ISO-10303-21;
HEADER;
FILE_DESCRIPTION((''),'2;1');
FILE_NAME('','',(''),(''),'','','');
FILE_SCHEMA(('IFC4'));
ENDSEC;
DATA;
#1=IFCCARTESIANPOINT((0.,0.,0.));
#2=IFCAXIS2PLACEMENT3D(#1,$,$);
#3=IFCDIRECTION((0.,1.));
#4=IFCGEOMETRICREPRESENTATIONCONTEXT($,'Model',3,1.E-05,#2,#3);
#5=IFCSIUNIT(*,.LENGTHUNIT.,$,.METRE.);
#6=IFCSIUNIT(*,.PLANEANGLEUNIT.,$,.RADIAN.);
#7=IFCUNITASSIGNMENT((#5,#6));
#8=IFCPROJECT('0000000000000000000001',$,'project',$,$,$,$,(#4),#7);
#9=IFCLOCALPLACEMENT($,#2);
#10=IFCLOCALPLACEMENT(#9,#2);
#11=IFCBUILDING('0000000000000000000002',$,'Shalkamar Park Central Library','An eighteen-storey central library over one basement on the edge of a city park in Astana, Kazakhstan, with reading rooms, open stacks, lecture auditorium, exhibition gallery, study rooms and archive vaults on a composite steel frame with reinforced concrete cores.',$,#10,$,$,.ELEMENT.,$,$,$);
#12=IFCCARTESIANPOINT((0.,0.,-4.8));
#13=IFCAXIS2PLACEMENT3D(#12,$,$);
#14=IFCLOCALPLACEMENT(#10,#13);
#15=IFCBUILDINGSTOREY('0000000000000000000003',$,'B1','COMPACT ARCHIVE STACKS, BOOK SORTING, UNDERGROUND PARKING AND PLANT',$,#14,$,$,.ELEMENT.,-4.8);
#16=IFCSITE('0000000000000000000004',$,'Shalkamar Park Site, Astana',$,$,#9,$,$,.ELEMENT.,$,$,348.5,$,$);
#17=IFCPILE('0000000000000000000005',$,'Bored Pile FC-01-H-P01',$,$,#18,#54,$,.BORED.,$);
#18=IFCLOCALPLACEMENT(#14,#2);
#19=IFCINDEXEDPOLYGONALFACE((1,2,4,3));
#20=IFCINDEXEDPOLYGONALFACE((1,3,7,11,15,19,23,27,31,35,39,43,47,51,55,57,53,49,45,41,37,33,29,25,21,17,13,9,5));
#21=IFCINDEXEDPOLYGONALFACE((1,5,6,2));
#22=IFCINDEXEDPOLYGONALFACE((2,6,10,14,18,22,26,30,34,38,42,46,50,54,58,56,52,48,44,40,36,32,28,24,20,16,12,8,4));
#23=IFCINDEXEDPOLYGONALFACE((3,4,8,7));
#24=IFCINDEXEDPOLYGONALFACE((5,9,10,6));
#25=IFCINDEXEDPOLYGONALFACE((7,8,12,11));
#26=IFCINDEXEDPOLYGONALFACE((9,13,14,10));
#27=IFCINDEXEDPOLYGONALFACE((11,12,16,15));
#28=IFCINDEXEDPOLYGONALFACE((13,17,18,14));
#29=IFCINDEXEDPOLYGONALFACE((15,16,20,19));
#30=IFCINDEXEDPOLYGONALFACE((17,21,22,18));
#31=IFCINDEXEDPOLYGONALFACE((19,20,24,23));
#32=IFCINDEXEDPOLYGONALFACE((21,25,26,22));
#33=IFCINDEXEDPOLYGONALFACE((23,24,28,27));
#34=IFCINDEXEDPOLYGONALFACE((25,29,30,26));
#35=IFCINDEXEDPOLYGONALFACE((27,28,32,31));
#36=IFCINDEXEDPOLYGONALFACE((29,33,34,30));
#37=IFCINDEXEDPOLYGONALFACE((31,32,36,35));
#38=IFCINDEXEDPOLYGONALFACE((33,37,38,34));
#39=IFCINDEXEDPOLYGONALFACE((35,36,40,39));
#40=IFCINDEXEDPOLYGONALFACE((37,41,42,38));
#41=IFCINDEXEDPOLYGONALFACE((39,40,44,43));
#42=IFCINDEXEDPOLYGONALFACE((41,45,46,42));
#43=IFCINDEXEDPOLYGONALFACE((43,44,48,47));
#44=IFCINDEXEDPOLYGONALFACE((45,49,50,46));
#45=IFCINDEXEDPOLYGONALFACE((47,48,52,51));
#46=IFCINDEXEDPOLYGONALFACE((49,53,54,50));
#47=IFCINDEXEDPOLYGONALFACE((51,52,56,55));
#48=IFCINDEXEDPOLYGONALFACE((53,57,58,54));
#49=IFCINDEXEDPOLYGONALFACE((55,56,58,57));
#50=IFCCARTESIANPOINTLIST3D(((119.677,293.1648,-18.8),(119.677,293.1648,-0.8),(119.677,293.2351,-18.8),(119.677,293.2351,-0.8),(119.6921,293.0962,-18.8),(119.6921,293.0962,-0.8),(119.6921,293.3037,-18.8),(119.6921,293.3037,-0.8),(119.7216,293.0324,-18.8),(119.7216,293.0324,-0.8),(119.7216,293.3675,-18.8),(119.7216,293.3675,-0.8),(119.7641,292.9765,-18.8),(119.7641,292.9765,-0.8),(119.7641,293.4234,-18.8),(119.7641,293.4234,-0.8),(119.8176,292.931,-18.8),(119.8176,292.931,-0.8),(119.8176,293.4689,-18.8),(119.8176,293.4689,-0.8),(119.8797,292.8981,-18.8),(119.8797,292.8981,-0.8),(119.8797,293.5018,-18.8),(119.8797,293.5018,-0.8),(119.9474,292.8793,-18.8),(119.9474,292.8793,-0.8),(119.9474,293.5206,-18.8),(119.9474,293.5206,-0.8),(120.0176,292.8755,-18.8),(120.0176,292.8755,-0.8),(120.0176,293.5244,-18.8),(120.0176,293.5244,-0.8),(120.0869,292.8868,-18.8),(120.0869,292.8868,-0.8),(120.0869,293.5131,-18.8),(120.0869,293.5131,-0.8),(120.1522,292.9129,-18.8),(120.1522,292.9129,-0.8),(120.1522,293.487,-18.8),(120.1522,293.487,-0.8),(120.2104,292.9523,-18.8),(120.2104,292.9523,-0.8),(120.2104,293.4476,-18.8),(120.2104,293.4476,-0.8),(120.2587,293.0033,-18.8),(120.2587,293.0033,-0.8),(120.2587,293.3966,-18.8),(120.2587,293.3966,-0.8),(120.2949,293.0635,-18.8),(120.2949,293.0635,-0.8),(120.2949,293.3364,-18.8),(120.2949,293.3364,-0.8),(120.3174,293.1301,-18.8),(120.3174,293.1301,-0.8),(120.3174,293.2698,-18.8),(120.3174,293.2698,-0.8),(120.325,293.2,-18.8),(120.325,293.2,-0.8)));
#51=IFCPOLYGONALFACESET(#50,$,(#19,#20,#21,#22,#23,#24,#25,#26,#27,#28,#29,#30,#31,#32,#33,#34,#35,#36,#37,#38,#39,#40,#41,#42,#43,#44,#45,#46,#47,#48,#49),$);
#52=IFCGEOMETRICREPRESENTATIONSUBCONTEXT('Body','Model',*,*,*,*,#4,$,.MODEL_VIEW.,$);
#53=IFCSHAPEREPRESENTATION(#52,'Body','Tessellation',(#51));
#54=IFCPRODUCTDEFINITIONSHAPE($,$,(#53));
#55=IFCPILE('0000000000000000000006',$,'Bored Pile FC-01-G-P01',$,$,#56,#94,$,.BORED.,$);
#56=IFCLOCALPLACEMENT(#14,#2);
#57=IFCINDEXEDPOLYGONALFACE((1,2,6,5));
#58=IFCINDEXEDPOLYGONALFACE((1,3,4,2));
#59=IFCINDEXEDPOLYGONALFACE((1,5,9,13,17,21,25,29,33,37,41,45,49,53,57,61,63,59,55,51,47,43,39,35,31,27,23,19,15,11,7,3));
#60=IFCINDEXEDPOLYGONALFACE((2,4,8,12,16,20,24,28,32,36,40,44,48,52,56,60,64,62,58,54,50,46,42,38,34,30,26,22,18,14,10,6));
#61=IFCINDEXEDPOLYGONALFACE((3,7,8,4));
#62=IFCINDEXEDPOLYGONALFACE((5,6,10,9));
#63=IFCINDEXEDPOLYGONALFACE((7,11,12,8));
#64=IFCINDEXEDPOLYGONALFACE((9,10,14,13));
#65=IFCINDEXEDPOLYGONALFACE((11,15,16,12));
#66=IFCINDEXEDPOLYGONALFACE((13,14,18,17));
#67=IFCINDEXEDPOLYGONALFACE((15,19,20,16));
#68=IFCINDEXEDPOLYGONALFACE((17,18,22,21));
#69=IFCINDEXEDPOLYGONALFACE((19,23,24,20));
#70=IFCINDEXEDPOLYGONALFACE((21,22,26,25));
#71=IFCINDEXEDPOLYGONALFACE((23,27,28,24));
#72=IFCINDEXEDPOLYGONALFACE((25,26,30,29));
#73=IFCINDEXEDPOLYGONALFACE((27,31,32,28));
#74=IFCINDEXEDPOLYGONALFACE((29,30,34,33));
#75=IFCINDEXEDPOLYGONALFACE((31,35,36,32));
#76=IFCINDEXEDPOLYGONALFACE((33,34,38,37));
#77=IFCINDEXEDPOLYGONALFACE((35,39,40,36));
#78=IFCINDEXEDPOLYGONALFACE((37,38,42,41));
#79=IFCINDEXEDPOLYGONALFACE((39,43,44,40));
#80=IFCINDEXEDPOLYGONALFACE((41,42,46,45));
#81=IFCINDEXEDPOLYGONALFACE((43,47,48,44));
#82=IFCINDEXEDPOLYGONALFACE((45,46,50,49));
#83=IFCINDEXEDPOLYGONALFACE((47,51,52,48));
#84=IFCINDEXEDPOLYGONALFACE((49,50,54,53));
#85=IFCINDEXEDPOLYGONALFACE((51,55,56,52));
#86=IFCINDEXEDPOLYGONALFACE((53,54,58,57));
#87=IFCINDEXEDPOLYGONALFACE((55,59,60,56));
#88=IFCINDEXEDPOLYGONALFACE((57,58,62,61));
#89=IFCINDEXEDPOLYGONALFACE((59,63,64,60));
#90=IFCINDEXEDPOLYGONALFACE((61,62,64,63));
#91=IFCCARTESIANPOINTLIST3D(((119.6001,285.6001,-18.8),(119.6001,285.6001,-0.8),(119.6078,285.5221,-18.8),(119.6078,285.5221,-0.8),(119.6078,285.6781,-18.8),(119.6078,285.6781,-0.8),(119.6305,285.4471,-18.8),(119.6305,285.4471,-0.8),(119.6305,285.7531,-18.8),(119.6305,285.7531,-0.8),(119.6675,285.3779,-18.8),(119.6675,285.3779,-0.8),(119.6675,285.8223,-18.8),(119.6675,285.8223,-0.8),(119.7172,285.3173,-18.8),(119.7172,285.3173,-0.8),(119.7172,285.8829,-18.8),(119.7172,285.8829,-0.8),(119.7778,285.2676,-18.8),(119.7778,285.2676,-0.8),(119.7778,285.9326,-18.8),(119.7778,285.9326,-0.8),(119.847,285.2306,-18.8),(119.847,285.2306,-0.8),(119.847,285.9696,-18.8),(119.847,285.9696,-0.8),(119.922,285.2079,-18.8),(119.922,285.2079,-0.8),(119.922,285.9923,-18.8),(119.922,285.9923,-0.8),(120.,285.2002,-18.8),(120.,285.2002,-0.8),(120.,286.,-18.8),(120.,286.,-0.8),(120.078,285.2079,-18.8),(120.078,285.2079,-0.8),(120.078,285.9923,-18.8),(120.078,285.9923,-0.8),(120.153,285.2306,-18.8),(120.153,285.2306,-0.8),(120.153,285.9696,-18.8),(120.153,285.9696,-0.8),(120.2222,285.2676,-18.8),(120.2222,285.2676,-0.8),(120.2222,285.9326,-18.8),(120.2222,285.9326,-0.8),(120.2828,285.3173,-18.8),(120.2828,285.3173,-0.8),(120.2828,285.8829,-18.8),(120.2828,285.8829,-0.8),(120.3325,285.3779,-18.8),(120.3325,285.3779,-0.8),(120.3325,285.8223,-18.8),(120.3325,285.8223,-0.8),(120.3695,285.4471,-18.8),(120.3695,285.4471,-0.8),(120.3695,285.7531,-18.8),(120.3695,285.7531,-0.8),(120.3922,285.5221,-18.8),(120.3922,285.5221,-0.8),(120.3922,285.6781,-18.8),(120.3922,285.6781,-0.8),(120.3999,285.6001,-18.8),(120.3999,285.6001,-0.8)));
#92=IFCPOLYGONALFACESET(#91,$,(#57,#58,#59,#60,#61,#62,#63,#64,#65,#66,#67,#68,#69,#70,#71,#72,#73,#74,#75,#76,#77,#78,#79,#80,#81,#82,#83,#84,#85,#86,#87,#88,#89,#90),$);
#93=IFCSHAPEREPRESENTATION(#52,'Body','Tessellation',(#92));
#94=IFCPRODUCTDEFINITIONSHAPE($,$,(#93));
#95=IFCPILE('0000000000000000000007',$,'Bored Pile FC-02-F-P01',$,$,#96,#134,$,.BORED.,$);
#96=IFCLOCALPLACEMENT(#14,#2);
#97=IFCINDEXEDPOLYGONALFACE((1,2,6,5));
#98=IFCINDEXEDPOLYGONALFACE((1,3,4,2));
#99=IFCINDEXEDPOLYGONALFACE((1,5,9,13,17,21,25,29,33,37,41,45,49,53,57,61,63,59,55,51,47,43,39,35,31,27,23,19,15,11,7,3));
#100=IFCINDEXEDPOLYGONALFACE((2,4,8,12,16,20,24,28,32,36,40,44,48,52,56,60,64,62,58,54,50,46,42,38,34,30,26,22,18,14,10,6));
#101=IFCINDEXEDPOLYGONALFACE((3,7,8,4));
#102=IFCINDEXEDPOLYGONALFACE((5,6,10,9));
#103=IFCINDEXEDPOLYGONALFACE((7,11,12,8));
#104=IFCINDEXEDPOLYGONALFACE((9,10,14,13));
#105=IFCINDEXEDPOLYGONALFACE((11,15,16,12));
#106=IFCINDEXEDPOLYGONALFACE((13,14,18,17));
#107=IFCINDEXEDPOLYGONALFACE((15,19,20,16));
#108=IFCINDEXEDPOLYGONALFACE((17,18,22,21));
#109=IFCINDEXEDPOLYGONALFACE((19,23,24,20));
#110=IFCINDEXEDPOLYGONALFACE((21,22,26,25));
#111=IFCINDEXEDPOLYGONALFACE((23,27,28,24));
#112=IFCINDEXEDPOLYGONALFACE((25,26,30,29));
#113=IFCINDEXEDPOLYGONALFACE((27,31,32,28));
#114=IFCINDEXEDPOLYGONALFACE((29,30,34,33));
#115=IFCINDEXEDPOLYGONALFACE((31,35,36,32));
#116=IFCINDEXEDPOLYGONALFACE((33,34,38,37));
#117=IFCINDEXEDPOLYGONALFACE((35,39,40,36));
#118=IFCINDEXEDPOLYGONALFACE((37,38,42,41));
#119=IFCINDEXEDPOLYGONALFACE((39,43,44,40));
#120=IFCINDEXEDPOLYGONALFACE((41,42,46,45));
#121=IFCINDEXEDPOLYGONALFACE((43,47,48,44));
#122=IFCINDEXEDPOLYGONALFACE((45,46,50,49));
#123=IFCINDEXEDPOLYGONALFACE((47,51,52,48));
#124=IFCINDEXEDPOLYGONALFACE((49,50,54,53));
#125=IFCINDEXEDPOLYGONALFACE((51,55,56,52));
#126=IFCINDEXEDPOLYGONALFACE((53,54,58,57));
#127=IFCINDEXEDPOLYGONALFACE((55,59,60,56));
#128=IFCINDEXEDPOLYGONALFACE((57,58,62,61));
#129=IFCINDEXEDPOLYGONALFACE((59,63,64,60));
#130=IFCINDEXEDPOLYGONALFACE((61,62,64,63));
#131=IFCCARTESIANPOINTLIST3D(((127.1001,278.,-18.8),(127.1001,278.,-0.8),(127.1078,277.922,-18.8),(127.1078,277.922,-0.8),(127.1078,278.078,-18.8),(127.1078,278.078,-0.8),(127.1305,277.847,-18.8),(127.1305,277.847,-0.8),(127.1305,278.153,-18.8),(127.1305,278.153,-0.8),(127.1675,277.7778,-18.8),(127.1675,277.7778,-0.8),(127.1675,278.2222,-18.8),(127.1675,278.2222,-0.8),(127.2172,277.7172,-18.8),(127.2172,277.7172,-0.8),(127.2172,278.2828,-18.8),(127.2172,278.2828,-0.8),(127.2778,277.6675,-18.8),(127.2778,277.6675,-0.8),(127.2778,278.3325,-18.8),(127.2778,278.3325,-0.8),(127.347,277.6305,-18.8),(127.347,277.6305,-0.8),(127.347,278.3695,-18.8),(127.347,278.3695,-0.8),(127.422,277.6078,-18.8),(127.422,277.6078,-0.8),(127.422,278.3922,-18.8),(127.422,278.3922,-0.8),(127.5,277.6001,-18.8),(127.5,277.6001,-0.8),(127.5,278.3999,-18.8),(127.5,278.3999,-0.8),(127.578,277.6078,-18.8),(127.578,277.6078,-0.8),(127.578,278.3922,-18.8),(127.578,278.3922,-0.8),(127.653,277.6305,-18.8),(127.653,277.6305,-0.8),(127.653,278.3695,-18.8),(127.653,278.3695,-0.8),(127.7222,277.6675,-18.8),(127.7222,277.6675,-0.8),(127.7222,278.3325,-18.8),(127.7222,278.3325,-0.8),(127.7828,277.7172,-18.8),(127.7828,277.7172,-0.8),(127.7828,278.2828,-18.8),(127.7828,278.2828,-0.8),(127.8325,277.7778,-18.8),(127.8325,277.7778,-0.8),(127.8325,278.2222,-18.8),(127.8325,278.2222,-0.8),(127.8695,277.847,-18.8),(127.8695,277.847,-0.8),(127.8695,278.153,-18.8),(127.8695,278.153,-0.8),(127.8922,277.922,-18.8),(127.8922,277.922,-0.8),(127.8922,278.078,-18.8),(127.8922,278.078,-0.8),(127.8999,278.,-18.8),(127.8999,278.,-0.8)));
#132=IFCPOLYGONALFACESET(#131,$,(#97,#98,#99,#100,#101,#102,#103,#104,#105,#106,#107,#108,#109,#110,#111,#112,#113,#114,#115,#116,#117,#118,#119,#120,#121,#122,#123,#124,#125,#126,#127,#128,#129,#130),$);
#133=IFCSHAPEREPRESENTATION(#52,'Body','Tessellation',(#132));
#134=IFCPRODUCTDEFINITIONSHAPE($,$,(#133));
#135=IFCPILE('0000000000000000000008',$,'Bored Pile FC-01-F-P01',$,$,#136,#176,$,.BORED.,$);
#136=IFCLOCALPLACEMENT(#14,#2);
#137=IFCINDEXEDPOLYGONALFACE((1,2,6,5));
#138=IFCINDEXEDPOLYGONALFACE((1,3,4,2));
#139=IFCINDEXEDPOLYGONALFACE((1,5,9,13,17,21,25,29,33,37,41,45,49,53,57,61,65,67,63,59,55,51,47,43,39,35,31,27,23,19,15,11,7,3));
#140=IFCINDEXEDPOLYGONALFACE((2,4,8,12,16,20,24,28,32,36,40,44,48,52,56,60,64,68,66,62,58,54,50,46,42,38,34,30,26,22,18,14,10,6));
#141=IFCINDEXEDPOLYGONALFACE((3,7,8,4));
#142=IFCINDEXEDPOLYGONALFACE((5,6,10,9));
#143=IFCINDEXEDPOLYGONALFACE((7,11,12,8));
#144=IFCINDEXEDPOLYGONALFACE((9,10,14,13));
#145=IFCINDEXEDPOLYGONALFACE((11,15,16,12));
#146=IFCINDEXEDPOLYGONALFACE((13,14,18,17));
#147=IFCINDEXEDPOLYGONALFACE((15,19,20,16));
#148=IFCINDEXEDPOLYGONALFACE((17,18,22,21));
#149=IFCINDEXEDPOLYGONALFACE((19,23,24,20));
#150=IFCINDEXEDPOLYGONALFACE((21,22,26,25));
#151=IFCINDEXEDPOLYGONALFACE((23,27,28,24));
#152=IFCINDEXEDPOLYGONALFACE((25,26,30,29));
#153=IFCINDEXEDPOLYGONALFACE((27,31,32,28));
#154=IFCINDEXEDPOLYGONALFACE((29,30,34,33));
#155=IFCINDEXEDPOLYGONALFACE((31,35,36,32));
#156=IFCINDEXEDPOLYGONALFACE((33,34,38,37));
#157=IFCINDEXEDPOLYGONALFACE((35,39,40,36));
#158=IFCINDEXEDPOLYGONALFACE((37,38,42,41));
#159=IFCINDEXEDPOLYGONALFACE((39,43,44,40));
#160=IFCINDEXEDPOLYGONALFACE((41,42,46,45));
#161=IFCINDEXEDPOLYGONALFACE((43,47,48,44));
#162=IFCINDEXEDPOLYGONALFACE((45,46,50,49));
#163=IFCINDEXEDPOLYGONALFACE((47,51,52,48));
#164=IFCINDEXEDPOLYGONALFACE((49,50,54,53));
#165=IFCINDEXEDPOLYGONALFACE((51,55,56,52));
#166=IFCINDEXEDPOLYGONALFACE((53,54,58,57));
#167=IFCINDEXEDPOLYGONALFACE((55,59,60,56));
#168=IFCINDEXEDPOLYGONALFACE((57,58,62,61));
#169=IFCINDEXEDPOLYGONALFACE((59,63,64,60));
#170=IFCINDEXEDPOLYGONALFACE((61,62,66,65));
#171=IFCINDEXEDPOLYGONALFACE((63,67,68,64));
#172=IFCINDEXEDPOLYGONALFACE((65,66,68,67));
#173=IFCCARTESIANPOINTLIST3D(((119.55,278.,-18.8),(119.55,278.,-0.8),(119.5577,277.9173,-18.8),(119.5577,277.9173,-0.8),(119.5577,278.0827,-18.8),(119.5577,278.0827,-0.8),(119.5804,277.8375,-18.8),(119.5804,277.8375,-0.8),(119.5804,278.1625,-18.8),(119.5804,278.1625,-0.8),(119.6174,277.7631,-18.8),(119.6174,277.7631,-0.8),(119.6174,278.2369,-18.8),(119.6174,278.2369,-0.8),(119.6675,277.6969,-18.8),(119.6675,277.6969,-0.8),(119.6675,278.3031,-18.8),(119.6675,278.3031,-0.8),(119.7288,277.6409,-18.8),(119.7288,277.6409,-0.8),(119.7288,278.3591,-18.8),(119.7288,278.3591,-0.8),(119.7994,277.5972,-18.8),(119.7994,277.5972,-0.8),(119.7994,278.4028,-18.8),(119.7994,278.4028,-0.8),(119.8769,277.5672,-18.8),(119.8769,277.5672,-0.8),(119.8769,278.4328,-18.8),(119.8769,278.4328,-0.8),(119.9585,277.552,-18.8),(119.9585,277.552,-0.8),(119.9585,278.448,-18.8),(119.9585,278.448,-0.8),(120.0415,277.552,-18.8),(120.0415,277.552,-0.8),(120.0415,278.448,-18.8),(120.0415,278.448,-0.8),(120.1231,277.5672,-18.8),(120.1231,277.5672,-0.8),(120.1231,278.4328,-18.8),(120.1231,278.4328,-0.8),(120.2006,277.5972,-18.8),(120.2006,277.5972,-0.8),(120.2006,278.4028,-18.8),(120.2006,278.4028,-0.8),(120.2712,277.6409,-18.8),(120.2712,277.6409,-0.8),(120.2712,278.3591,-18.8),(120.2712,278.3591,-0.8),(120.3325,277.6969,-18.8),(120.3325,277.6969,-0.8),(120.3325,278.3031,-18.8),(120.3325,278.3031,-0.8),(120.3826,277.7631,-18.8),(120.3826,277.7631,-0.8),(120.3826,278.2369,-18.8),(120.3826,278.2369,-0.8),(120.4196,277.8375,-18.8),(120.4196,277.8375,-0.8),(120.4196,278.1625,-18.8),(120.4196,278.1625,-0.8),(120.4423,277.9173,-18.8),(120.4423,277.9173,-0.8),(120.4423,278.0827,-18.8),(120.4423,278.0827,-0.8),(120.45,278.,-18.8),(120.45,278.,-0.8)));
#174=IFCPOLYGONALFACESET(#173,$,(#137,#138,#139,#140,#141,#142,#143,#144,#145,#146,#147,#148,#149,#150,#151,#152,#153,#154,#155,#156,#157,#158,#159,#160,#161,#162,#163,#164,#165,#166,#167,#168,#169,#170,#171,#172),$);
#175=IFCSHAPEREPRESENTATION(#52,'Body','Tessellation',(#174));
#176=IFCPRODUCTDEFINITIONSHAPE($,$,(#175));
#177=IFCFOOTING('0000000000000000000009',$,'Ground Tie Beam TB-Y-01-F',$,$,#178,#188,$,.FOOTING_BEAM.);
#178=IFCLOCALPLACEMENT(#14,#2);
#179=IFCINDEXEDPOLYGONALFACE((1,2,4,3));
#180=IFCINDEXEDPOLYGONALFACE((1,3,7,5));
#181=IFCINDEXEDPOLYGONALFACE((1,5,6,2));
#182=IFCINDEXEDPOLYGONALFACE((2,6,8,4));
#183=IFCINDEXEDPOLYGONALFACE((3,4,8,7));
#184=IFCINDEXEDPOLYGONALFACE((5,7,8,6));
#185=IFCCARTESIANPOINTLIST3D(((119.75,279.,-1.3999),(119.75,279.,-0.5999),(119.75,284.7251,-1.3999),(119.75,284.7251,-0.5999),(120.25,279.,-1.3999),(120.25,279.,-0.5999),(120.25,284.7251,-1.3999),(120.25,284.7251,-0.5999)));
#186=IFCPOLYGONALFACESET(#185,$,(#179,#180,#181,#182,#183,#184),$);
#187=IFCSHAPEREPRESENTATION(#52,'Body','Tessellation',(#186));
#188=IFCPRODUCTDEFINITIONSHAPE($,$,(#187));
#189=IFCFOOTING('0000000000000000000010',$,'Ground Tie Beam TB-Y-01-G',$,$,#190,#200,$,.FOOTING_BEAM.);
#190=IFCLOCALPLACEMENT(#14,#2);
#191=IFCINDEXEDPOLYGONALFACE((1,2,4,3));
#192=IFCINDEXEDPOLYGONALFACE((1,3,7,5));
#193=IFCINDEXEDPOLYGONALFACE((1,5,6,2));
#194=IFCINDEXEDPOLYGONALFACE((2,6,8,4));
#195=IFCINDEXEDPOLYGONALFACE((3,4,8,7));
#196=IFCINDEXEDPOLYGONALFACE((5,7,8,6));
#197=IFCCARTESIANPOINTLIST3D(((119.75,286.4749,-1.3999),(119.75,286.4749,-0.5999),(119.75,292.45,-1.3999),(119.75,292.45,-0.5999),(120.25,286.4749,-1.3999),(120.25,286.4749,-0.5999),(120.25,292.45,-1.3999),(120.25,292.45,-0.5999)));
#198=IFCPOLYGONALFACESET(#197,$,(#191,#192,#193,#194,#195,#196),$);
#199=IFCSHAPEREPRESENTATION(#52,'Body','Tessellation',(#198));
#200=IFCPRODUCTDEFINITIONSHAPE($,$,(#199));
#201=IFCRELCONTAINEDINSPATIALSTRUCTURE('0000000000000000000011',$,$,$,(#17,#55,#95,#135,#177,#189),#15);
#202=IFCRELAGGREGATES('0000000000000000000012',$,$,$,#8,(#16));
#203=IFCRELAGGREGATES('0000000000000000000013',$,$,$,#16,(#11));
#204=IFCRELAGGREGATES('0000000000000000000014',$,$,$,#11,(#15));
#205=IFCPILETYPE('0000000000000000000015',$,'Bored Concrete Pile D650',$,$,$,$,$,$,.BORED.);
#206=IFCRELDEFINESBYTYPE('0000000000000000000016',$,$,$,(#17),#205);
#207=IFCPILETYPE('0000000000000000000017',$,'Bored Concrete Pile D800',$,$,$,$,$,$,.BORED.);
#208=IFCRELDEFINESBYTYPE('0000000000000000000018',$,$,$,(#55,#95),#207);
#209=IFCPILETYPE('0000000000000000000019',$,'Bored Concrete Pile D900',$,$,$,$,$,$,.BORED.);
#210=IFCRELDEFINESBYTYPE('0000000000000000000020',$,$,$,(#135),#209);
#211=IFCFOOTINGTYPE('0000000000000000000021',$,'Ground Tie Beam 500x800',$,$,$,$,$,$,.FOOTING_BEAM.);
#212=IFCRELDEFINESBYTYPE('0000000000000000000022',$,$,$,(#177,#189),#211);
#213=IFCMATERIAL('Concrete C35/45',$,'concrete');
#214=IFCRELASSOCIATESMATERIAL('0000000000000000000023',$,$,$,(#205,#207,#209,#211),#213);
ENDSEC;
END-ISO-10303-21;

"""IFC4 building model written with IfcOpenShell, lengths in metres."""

from ifc_helpers import new_model, si_unit, direction, frame, origin, origin_2d, place, context, subcontext, project, spatial, rectangle, circle, extrude, material, material_profile, profile_set, type_object, element, save


model = new_model("IFC4")

# Units and contexts
model_context = context("Model", 3, precision=1e-05, world=origin(), true_north=direction((0.0, 1.0)))
body_context = subcontext(model_context, "Body", "Model", "MODEL_VIEW")
ifc_project = project(units=[si_unit("LENGTHUNIT", "METRE"), si_unit("PLANEANGLEUNIT", "RADIAN")], contexts=[model_context])

# Site, building, storey
site_placement = place(None, origin())
site = spatial("IfcSite", under=ifc_project, at=site_placement, Name="Shalkamar Park Site, Astana", CompositionType="ELEMENT", RefElevation=348.5)
building_placement = place(site_placement, origin())
building = spatial("IfcBuilding", under=site, at=building_placement, Name="Shalkamar Park Central Library", Description="An eighteen-storey central library over one basement on the edge of a city park in Astana, Kazakhstan, with reading rooms, open stacks, lecture auditorium, exhibition gallery, study rooms and archive vaults on a composite steel frame with reinforced concrete cores.", CompositionType="ELEMENT")
storey_placement = place(building_placement, frame((0.0, 0.0, -4.8)))
storey = spatial("IfcBuildingStorey", under=building, at=storey_placement, Name="B1", Description="COMPACT ARCHIVE STACKS, BOOK SORTING, UNDERGROUND PARKING AND PLANT", CompositionType="ELEMENT", Elevation=-4.8)

# Piles
ifc_material_1 = material(Name="Concrete C35/45", Category="concrete")
ifc_material_profile_1 = material_profile(ifc_material_1, circle(Radius=0.325, at=origin_2d()), Name="PILE D650")
ifc_profile_set_1 = profile_set([ifc_material_profile_1], Name="Concrete C35/45")
pile_type_1 = type_object("IfcPileType", Name="Bored Concrete Pile D650", PredefinedType="BORED", material=ifc_profile_set_1)
pile_1_placement = place(storey_placement, frame((120.0, 293.2, -0.8), z_axis=(0.0, 0.0, -1.0), x_axis=(1.0, 0.0, 0.0)))
element("IfcPile", 1, at=pile_1_placement, inside=storey, type_object=pile_type_1, Name="Bored Pile FC-01-H-P01", PredefinedType="BORED", context=body_context, shape_type="SweptSolid", body=[
    extrude(circle(Radius=0.325, at=origin_2d()), origin(), (0.0, 0.0, 1.0), 18.0),
])
ifc_material_profile_2 = material_profile(ifc_material_1, circle(Radius=0.3999, at=origin_2d()), Name="PILE D800")
ifc_profile_set_2 = profile_set([ifc_material_profile_2], Name="Concrete C35/45")
pile_type_2 = type_object("IfcPileType", Name="Bored Concrete Pile D800", PredefinedType="BORED", material=ifc_profile_set_2)
for number, where, z_axis, x_axis, name in (
    (2, (120.0, 285.6001, -0.8), (0.0, 0.0, -1.0), (1.0, 0.0, 0.0), "Bored Pile FC-01-G-P01"),
    (3, (127.5, 278.0, -0.8), (0.0, 0.0, -1.0), (1.0, 0.0, 0.0), "Bored Pile FC-02-F-P01"),
):
    element("IfcPile", number, at=place(storey_placement, frame(where, z_axis=z_axis, x_axis=x_axis)), inside=storey, type_object=pile_type_2, Name=name, PredefinedType="BORED", context=body_context, shape_type="SweptSolid", body=[
        extrude(circle(Radius=0.3999, at=origin_2d()), origin(), (0.0, 0.0, 1.0), 18.0),
    ])
ifc_material_profile_3 = material_profile(ifc_material_1, circle(Radius=0.45, at=origin_2d()), Name="PILE D900")
ifc_profile_set_3 = profile_set([ifc_material_profile_3], Name="Concrete C35/45")
pile_type_3 = type_object("IfcPileType", Name="Bored Concrete Pile D900", PredefinedType="BORED", material=ifc_profile_set_3)
pile_2_placement = place(storey_placement, frame((120.0, 278.0, -0.8), z_axis=(0.0, 0.0, -1.0), x_axis=(1.0, 0.0, 0.0)))
element("IfcPile", 4, at=pile_2_placement, inside=storey, type_object=pile_type_3, Name="Bored Pile FC-01-F-P01", PredefinedType="BORED", context=body_context, shape_type="SweptSolid", body=[
    extrude(circle(Radius=0.45, at=origin_2d()), origin(), (0.0, 0.0, 1.0), 18.0),
])

# Footings
footing_type_1 = type_object("IfcFootingType", Name="Ground Tie Beam 500x800", PredefinedType="FOOTING_BEAM", material=ifc_material_1)
footing_1_placement = place(storey_placement, frame((120.0, 281.8625, -1.3999), z_axis=(0.0, 0.0, 1.0), x_axis=(0.0, 1.0, 0.0)))
element("IfcFooting", 5, at=footing_1_placement, inside=storey, type_object=footing_type_1, Name="Ground Tie Beam TB-Y-01-F", PredefinedType="FOOTING_BEAM", context=body_context, shape_type="SweptSolid", body=[
    extrude(rectangle(XDim=5.7251, YDim=0.5, at=origin_2d()), origin(), (0.0, 0.0, 1.0), 0.8),
])
footing_2_placement = place(storey_placement, frame((120.0, 289.4624, -1.3999), z_axis=(0.0, 0.0, 1.0), x_axis=(0.0, 1.0, 0.0)))
element("IfcFooting", 6, at=footing_2_placement, inside=storey, type_object=footing_type_1, Name="Ground Tie Beam TB-Y-01-G", PredefinedType="FOOTING_BEAM", context=body_context, shape_type="SweptSolid", body=[
    extrude(rectangle(XDim=5.9751, YDim=0.5, at=origin_2d()), origin(), (0.0, 0.0, 1.0), 0.8),
])

save(model, "model.ifc")
